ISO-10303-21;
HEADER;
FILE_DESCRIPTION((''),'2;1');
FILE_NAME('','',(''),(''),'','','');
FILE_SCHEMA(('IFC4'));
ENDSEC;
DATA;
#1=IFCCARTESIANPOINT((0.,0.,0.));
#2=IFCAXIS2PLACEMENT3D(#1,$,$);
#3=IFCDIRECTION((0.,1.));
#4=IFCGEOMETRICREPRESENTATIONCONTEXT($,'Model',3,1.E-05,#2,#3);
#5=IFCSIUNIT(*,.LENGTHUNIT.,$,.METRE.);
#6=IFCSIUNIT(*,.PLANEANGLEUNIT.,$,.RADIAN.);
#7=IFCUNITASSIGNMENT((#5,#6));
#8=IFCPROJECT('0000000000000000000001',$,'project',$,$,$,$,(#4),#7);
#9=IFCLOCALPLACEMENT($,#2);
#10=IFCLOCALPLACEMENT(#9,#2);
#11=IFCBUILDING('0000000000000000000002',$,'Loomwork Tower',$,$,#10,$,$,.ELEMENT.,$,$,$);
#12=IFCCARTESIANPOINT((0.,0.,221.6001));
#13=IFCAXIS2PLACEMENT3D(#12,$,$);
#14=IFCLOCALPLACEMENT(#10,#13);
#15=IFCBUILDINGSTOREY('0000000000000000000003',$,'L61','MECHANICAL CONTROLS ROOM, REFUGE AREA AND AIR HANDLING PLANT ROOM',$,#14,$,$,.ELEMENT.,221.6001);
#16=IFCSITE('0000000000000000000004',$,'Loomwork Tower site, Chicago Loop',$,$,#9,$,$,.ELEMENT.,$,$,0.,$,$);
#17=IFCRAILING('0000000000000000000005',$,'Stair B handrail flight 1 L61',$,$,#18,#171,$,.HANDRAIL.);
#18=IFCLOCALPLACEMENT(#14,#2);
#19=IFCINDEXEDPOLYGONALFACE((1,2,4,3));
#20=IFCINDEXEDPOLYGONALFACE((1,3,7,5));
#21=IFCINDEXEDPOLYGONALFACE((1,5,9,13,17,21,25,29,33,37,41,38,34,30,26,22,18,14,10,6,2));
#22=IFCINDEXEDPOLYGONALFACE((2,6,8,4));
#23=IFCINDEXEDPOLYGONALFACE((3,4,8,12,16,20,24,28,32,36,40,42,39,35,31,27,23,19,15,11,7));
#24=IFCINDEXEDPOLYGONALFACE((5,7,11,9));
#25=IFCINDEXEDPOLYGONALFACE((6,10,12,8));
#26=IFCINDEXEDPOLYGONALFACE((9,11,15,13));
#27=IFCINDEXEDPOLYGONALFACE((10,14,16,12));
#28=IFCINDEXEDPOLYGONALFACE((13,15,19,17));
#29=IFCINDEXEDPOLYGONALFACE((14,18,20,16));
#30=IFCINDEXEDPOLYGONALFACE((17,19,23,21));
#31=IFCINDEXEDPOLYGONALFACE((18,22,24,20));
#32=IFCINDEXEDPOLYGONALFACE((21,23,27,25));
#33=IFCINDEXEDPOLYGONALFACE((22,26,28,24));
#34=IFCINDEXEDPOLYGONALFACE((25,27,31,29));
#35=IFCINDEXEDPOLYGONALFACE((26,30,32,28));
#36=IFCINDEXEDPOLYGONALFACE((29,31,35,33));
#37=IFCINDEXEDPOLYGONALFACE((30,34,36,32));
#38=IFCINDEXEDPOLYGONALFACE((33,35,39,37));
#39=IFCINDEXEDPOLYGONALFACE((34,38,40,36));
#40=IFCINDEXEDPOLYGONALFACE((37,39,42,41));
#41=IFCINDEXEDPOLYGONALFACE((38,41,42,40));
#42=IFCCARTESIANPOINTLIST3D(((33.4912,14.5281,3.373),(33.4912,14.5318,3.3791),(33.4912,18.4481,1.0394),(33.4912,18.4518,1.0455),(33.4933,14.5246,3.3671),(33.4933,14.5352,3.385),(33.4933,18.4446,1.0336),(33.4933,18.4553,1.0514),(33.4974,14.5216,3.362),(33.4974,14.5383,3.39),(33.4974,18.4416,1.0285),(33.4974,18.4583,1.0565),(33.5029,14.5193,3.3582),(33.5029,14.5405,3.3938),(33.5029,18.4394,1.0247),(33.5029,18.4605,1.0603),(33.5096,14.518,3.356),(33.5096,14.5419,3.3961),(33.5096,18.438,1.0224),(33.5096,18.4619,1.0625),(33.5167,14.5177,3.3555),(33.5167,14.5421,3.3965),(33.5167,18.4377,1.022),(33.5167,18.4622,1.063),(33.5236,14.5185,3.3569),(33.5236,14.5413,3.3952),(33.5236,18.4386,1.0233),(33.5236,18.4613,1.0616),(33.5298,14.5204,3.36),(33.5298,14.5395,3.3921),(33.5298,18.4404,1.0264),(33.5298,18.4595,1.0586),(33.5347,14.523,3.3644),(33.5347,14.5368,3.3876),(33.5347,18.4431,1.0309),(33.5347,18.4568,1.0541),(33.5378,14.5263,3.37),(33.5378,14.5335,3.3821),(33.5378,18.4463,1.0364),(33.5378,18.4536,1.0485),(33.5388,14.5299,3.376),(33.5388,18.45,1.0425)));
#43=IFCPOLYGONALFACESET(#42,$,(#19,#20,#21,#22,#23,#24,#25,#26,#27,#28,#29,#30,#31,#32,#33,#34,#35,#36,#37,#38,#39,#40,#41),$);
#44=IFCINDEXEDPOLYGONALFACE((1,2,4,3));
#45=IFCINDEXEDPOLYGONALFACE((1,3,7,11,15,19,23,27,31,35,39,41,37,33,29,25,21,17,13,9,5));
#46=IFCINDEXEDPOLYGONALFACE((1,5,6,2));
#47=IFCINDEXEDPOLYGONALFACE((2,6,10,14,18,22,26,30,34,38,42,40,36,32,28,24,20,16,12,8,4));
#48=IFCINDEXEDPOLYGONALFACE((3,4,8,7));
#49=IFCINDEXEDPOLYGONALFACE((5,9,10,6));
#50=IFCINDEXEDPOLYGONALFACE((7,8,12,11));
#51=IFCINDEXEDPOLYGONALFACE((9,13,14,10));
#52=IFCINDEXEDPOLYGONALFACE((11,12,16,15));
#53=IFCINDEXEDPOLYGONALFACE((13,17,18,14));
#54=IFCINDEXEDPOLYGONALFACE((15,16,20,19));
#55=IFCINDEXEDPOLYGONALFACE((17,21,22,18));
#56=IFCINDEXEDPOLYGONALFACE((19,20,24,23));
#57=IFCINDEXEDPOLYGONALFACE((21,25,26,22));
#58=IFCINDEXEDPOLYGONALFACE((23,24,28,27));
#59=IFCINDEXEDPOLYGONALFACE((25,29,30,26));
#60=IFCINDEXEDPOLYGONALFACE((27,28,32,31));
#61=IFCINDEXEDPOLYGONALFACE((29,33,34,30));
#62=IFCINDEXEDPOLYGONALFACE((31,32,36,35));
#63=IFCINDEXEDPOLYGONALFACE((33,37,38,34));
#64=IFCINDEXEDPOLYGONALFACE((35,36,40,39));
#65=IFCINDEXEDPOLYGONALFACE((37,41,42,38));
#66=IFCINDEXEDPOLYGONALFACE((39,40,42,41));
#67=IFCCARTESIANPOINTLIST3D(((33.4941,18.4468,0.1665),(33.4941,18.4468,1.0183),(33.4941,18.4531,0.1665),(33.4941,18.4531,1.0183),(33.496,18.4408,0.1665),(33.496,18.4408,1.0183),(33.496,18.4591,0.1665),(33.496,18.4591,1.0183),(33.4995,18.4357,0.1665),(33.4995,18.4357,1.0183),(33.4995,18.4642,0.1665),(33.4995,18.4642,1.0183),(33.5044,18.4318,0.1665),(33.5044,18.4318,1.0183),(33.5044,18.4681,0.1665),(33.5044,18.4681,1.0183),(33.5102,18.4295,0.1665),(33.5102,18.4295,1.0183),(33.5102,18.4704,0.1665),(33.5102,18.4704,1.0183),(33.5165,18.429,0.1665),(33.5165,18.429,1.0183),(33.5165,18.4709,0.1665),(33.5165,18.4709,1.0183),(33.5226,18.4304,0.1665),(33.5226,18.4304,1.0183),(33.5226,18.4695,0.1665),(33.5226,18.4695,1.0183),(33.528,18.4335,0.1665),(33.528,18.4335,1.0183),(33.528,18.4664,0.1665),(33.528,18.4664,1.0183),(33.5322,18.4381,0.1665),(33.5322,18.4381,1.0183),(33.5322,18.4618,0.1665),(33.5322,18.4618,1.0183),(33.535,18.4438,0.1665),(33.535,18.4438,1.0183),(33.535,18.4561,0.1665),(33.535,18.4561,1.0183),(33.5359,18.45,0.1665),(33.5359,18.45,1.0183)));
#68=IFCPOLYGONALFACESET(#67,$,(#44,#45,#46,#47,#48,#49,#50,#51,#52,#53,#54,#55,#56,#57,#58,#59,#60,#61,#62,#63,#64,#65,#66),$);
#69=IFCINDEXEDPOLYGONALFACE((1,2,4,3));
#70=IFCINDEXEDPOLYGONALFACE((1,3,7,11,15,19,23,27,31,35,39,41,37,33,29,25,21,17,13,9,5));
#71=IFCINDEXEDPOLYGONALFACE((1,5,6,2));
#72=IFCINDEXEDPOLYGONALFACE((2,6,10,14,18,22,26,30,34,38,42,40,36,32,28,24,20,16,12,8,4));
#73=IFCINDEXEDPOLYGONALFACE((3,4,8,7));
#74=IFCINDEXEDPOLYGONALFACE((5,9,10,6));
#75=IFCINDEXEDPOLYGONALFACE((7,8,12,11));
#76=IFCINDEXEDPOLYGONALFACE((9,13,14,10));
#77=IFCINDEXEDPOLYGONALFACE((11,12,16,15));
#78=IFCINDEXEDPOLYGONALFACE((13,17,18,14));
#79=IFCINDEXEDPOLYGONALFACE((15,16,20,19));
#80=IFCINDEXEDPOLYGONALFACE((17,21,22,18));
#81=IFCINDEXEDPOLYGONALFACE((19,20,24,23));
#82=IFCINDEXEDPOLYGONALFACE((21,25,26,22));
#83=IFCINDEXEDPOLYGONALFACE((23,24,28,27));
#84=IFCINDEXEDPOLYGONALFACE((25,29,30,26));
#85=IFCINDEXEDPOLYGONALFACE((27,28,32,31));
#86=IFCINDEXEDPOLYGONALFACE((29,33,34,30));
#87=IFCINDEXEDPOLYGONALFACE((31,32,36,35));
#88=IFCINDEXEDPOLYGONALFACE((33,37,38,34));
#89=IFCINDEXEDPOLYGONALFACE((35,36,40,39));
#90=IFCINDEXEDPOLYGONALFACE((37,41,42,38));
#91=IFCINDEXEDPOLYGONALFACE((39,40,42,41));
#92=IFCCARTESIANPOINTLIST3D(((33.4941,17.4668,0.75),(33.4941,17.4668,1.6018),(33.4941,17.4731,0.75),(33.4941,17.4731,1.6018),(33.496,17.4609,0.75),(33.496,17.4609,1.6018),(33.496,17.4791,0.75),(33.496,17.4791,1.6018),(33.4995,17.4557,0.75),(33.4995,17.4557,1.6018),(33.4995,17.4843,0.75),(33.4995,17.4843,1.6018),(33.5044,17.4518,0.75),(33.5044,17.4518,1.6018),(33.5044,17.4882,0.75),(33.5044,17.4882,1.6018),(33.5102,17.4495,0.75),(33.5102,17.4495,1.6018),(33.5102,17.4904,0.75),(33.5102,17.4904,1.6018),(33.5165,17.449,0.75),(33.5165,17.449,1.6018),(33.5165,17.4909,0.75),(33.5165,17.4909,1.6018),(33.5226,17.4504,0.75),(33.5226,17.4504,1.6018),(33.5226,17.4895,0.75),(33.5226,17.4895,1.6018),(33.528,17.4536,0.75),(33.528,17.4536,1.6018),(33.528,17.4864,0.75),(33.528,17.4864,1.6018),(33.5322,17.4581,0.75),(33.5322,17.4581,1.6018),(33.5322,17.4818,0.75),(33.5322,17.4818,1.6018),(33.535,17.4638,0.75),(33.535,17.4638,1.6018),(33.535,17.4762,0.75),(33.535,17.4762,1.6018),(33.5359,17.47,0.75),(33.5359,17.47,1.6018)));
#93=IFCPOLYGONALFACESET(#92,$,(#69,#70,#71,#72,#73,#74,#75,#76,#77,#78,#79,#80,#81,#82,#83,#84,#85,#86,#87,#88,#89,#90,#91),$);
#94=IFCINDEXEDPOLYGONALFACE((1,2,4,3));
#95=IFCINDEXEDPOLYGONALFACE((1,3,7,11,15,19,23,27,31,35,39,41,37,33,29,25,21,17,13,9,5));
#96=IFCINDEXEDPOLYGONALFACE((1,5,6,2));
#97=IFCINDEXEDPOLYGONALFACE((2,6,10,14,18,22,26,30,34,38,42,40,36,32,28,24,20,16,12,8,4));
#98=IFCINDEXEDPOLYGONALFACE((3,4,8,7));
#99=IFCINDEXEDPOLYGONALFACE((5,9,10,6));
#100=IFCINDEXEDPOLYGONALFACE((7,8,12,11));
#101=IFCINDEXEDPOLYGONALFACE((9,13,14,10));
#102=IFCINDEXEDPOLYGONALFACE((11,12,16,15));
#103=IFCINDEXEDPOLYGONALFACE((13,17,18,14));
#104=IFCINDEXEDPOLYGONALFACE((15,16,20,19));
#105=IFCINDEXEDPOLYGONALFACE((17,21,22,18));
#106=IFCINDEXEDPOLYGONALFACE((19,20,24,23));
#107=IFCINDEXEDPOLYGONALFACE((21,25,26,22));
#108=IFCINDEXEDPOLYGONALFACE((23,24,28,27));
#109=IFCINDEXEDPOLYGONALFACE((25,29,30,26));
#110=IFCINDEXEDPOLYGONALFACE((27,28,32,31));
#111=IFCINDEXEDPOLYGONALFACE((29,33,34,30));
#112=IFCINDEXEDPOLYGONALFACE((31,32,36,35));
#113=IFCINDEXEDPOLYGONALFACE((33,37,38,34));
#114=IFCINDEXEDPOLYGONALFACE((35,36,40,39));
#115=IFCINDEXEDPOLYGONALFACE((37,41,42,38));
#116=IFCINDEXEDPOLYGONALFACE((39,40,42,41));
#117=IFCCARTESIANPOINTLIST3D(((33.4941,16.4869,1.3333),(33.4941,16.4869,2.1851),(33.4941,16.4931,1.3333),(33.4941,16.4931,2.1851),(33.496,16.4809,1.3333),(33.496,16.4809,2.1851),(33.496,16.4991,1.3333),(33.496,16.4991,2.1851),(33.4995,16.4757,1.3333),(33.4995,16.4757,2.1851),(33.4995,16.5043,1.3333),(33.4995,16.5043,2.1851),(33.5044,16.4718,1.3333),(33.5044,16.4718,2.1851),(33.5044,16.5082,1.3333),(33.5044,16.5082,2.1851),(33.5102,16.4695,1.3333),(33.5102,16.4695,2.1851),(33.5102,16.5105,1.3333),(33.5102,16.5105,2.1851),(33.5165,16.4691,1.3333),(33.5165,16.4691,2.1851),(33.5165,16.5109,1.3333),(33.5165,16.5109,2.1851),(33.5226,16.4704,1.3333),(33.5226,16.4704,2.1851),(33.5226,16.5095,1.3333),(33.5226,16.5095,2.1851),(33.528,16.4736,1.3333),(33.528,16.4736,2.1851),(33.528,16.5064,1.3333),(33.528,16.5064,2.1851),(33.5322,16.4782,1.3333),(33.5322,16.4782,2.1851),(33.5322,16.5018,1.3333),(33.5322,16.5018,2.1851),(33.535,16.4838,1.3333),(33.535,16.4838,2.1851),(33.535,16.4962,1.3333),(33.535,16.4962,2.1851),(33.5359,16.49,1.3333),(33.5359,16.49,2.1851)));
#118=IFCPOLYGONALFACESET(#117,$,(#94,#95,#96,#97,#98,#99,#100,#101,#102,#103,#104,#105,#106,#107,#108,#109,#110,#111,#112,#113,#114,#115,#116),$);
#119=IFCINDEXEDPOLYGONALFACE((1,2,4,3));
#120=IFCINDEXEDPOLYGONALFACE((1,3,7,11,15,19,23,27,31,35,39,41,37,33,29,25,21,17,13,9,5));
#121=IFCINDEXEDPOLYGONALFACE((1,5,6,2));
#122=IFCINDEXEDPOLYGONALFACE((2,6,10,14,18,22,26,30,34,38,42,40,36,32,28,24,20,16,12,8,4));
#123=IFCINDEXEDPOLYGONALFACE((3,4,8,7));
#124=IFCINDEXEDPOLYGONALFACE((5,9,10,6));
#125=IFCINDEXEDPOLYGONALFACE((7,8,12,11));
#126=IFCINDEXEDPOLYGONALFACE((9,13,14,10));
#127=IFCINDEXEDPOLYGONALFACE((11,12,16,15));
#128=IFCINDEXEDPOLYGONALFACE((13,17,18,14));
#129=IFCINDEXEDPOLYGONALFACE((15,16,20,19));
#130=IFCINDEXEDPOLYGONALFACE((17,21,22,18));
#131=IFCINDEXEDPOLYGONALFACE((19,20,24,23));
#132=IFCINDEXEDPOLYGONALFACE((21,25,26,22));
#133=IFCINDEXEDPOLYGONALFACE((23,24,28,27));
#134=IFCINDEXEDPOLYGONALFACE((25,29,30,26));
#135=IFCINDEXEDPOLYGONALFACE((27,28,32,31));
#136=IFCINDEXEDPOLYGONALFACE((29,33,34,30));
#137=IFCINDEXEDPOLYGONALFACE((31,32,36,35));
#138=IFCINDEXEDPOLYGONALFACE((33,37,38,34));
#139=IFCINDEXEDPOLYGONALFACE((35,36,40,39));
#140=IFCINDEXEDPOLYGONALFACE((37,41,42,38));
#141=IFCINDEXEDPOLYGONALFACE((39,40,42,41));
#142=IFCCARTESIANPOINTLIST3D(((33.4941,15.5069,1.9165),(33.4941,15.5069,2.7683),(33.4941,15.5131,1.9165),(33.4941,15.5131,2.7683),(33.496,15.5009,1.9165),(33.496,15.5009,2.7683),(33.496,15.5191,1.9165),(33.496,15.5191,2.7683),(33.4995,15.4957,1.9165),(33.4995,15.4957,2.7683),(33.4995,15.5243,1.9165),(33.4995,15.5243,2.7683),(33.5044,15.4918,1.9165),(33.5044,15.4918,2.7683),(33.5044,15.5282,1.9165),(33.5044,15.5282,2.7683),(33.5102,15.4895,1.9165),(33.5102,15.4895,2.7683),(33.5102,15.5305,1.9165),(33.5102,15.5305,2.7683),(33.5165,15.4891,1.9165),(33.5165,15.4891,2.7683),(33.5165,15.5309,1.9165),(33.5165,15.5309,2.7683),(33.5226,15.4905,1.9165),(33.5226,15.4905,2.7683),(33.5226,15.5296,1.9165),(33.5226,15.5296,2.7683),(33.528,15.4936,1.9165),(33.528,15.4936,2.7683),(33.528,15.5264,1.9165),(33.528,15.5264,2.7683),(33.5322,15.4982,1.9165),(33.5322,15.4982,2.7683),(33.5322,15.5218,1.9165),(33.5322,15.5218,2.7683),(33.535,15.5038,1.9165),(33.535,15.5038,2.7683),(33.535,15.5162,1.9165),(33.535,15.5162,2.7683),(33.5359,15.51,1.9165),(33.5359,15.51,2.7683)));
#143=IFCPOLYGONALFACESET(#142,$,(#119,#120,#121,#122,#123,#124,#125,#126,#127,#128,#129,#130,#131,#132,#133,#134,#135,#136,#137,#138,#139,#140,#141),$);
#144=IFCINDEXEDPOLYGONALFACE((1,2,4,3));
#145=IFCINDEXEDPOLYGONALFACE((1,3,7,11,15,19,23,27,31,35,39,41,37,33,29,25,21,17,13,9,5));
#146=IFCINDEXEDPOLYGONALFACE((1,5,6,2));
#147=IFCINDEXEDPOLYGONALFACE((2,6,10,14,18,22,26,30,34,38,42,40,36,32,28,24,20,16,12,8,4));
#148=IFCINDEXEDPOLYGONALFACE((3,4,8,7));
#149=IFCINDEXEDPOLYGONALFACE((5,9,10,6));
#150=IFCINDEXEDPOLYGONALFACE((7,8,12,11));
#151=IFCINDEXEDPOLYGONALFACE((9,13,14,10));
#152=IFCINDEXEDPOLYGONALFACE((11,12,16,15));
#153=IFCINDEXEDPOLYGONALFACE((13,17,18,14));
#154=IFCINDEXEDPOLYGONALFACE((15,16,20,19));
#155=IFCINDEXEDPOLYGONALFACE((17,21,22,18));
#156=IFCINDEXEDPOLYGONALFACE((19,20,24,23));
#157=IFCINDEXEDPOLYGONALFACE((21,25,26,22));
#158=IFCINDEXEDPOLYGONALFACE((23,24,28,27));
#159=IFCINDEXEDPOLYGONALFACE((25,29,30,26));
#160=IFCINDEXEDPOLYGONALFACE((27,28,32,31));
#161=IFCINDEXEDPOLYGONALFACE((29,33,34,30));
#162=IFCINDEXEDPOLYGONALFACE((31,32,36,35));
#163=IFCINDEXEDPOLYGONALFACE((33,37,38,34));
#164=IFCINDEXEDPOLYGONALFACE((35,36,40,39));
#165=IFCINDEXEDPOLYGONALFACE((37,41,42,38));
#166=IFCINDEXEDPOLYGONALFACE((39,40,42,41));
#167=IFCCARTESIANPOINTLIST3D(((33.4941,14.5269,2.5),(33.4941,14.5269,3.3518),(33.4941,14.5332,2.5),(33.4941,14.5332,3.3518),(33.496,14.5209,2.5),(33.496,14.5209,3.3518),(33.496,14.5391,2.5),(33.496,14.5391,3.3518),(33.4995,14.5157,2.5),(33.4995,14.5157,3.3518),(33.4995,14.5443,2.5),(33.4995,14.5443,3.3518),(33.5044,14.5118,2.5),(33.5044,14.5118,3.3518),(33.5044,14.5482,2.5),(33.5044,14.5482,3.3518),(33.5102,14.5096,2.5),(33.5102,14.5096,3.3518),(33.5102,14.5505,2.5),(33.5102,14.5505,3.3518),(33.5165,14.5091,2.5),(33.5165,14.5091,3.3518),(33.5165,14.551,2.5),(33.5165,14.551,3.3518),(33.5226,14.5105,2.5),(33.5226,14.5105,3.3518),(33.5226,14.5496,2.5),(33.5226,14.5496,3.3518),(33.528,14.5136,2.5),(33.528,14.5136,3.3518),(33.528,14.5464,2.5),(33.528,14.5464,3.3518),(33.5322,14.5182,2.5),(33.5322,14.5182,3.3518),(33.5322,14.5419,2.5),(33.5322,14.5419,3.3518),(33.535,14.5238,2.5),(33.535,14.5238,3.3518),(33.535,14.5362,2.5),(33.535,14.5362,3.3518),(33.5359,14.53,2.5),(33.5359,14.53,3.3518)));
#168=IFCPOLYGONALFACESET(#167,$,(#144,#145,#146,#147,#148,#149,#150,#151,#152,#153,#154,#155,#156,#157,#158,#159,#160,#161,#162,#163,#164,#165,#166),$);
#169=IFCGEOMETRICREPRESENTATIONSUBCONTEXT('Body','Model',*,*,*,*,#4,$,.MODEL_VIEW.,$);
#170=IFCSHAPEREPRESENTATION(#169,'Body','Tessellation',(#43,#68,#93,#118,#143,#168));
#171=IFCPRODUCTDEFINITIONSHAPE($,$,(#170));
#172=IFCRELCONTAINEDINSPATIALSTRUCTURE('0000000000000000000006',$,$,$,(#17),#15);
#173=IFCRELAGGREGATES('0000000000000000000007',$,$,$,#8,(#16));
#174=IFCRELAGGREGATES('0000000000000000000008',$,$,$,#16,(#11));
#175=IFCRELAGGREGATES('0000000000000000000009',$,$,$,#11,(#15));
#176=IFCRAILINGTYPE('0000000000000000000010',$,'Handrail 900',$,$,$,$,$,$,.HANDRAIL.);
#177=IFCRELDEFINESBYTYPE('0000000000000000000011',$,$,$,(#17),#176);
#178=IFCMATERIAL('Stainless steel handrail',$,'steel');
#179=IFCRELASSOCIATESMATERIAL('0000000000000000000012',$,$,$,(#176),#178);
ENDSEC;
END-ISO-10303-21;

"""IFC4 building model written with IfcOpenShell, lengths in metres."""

from ifc_helpers import new_model, si_unit, direction, frame, origin, origin_2d, place, context, subcontext, project, spatial, circle, extrude, material, type_object, element, save


model = new_model("IFC4")

# Units and contexts
model_context = context("Model", 3, precision=1e-05, world=origin(), true_north=direction((0.0, 1.0)))
body_context = subcontext(model_context, "Body", "Model", "MODEL_VIEW")
ifc_project = project(units=[si_unit("LENGTHUNIT", "METRE"), si_unit("PLANEANGLEUNIT", "RADIAN")], contexts=[model_context])

# Site, building, storey
site_placement = place(None, origin())
site = spatial("IfcSite", under=ifc_project, at=site_placement, Name="Loomwork Tower site, Chicago Loop", CompositionType="ELEMENT", RefElevation=0.0)
building_placement = place(site_placement, origin())
building = spatial("IfcBuilding", under=site, at=building_placement, Name="Loomwork Tower", CompositionType="ELEMENT")
storey_placement = place(building_placement, frame((0.0, 0.0, 221.6001)))
storey = spatial("IfcBuildingStorey", under=building, at=storey_placement, Name="L61", Description="MECHANICAL CONTROLS ROOM, REFUGE AREA AND AIR HANDLING PLANT ROOM", CompositionType="ELEMENT", Elevation=221.6001)

# Railing
ifc_material_1 = material(Name="Stainless steel handrail", Category="steel")
railing_type = type_object("IfcRailingType", Name="Handrail 900", PredefinedType="HANDRAIL", material=ifc_material_1)
railing_1_placement = place(storey_placement, frame((33.5149, 18.45, 0.1665)))
element("IfcRailing", 1, at=railing_1_placement, inside=storey, type_object=railing_type, Name="Stair B handrail flight 1 L61", PredefinedType="HANDRAIL", context=body_context, shape_type="SweptSolid", body=[
    extrude(circle(Radius=0.0239, at=origin_2d()), frame((0.0, 0.0, 0.876), z_axis=(0.0, -0.859273, 0.511518), x_axis=(1.0, 0.0, 0.0)), (0.0, 0.0, 1.0), 4.562),
    extrude(circle(Radius=0.021, at=origin_2d()), origin(), (0.0, 0.0, 1.0), 0.8518),
    extrude(circle(Radius=0.021, at=origin_2d()), frame((0.0, -0.98, 0.5835)), (0.0, 0.0, 1.0), 0.8518),
    extrude(circle(Radius=0.021, at=origin_2d()), frame((0.0, -1.96, 1.1667)), (0.0, 0.0, 1.0), 0.8518),
    extrude(circle(Radius=0.021, at=origin_2d()), frame((0.0, -2.9399, 1.75)), (0.0, 0.0, 1.0), 0.8518),
    extrude(circle(Radius=0.021, at=origin_2d()), frame((0.0, -3.9199, 2.3335)), (0.0, 0.0, 1.0), 0.8518),
])

save(model, "model.ifc")
